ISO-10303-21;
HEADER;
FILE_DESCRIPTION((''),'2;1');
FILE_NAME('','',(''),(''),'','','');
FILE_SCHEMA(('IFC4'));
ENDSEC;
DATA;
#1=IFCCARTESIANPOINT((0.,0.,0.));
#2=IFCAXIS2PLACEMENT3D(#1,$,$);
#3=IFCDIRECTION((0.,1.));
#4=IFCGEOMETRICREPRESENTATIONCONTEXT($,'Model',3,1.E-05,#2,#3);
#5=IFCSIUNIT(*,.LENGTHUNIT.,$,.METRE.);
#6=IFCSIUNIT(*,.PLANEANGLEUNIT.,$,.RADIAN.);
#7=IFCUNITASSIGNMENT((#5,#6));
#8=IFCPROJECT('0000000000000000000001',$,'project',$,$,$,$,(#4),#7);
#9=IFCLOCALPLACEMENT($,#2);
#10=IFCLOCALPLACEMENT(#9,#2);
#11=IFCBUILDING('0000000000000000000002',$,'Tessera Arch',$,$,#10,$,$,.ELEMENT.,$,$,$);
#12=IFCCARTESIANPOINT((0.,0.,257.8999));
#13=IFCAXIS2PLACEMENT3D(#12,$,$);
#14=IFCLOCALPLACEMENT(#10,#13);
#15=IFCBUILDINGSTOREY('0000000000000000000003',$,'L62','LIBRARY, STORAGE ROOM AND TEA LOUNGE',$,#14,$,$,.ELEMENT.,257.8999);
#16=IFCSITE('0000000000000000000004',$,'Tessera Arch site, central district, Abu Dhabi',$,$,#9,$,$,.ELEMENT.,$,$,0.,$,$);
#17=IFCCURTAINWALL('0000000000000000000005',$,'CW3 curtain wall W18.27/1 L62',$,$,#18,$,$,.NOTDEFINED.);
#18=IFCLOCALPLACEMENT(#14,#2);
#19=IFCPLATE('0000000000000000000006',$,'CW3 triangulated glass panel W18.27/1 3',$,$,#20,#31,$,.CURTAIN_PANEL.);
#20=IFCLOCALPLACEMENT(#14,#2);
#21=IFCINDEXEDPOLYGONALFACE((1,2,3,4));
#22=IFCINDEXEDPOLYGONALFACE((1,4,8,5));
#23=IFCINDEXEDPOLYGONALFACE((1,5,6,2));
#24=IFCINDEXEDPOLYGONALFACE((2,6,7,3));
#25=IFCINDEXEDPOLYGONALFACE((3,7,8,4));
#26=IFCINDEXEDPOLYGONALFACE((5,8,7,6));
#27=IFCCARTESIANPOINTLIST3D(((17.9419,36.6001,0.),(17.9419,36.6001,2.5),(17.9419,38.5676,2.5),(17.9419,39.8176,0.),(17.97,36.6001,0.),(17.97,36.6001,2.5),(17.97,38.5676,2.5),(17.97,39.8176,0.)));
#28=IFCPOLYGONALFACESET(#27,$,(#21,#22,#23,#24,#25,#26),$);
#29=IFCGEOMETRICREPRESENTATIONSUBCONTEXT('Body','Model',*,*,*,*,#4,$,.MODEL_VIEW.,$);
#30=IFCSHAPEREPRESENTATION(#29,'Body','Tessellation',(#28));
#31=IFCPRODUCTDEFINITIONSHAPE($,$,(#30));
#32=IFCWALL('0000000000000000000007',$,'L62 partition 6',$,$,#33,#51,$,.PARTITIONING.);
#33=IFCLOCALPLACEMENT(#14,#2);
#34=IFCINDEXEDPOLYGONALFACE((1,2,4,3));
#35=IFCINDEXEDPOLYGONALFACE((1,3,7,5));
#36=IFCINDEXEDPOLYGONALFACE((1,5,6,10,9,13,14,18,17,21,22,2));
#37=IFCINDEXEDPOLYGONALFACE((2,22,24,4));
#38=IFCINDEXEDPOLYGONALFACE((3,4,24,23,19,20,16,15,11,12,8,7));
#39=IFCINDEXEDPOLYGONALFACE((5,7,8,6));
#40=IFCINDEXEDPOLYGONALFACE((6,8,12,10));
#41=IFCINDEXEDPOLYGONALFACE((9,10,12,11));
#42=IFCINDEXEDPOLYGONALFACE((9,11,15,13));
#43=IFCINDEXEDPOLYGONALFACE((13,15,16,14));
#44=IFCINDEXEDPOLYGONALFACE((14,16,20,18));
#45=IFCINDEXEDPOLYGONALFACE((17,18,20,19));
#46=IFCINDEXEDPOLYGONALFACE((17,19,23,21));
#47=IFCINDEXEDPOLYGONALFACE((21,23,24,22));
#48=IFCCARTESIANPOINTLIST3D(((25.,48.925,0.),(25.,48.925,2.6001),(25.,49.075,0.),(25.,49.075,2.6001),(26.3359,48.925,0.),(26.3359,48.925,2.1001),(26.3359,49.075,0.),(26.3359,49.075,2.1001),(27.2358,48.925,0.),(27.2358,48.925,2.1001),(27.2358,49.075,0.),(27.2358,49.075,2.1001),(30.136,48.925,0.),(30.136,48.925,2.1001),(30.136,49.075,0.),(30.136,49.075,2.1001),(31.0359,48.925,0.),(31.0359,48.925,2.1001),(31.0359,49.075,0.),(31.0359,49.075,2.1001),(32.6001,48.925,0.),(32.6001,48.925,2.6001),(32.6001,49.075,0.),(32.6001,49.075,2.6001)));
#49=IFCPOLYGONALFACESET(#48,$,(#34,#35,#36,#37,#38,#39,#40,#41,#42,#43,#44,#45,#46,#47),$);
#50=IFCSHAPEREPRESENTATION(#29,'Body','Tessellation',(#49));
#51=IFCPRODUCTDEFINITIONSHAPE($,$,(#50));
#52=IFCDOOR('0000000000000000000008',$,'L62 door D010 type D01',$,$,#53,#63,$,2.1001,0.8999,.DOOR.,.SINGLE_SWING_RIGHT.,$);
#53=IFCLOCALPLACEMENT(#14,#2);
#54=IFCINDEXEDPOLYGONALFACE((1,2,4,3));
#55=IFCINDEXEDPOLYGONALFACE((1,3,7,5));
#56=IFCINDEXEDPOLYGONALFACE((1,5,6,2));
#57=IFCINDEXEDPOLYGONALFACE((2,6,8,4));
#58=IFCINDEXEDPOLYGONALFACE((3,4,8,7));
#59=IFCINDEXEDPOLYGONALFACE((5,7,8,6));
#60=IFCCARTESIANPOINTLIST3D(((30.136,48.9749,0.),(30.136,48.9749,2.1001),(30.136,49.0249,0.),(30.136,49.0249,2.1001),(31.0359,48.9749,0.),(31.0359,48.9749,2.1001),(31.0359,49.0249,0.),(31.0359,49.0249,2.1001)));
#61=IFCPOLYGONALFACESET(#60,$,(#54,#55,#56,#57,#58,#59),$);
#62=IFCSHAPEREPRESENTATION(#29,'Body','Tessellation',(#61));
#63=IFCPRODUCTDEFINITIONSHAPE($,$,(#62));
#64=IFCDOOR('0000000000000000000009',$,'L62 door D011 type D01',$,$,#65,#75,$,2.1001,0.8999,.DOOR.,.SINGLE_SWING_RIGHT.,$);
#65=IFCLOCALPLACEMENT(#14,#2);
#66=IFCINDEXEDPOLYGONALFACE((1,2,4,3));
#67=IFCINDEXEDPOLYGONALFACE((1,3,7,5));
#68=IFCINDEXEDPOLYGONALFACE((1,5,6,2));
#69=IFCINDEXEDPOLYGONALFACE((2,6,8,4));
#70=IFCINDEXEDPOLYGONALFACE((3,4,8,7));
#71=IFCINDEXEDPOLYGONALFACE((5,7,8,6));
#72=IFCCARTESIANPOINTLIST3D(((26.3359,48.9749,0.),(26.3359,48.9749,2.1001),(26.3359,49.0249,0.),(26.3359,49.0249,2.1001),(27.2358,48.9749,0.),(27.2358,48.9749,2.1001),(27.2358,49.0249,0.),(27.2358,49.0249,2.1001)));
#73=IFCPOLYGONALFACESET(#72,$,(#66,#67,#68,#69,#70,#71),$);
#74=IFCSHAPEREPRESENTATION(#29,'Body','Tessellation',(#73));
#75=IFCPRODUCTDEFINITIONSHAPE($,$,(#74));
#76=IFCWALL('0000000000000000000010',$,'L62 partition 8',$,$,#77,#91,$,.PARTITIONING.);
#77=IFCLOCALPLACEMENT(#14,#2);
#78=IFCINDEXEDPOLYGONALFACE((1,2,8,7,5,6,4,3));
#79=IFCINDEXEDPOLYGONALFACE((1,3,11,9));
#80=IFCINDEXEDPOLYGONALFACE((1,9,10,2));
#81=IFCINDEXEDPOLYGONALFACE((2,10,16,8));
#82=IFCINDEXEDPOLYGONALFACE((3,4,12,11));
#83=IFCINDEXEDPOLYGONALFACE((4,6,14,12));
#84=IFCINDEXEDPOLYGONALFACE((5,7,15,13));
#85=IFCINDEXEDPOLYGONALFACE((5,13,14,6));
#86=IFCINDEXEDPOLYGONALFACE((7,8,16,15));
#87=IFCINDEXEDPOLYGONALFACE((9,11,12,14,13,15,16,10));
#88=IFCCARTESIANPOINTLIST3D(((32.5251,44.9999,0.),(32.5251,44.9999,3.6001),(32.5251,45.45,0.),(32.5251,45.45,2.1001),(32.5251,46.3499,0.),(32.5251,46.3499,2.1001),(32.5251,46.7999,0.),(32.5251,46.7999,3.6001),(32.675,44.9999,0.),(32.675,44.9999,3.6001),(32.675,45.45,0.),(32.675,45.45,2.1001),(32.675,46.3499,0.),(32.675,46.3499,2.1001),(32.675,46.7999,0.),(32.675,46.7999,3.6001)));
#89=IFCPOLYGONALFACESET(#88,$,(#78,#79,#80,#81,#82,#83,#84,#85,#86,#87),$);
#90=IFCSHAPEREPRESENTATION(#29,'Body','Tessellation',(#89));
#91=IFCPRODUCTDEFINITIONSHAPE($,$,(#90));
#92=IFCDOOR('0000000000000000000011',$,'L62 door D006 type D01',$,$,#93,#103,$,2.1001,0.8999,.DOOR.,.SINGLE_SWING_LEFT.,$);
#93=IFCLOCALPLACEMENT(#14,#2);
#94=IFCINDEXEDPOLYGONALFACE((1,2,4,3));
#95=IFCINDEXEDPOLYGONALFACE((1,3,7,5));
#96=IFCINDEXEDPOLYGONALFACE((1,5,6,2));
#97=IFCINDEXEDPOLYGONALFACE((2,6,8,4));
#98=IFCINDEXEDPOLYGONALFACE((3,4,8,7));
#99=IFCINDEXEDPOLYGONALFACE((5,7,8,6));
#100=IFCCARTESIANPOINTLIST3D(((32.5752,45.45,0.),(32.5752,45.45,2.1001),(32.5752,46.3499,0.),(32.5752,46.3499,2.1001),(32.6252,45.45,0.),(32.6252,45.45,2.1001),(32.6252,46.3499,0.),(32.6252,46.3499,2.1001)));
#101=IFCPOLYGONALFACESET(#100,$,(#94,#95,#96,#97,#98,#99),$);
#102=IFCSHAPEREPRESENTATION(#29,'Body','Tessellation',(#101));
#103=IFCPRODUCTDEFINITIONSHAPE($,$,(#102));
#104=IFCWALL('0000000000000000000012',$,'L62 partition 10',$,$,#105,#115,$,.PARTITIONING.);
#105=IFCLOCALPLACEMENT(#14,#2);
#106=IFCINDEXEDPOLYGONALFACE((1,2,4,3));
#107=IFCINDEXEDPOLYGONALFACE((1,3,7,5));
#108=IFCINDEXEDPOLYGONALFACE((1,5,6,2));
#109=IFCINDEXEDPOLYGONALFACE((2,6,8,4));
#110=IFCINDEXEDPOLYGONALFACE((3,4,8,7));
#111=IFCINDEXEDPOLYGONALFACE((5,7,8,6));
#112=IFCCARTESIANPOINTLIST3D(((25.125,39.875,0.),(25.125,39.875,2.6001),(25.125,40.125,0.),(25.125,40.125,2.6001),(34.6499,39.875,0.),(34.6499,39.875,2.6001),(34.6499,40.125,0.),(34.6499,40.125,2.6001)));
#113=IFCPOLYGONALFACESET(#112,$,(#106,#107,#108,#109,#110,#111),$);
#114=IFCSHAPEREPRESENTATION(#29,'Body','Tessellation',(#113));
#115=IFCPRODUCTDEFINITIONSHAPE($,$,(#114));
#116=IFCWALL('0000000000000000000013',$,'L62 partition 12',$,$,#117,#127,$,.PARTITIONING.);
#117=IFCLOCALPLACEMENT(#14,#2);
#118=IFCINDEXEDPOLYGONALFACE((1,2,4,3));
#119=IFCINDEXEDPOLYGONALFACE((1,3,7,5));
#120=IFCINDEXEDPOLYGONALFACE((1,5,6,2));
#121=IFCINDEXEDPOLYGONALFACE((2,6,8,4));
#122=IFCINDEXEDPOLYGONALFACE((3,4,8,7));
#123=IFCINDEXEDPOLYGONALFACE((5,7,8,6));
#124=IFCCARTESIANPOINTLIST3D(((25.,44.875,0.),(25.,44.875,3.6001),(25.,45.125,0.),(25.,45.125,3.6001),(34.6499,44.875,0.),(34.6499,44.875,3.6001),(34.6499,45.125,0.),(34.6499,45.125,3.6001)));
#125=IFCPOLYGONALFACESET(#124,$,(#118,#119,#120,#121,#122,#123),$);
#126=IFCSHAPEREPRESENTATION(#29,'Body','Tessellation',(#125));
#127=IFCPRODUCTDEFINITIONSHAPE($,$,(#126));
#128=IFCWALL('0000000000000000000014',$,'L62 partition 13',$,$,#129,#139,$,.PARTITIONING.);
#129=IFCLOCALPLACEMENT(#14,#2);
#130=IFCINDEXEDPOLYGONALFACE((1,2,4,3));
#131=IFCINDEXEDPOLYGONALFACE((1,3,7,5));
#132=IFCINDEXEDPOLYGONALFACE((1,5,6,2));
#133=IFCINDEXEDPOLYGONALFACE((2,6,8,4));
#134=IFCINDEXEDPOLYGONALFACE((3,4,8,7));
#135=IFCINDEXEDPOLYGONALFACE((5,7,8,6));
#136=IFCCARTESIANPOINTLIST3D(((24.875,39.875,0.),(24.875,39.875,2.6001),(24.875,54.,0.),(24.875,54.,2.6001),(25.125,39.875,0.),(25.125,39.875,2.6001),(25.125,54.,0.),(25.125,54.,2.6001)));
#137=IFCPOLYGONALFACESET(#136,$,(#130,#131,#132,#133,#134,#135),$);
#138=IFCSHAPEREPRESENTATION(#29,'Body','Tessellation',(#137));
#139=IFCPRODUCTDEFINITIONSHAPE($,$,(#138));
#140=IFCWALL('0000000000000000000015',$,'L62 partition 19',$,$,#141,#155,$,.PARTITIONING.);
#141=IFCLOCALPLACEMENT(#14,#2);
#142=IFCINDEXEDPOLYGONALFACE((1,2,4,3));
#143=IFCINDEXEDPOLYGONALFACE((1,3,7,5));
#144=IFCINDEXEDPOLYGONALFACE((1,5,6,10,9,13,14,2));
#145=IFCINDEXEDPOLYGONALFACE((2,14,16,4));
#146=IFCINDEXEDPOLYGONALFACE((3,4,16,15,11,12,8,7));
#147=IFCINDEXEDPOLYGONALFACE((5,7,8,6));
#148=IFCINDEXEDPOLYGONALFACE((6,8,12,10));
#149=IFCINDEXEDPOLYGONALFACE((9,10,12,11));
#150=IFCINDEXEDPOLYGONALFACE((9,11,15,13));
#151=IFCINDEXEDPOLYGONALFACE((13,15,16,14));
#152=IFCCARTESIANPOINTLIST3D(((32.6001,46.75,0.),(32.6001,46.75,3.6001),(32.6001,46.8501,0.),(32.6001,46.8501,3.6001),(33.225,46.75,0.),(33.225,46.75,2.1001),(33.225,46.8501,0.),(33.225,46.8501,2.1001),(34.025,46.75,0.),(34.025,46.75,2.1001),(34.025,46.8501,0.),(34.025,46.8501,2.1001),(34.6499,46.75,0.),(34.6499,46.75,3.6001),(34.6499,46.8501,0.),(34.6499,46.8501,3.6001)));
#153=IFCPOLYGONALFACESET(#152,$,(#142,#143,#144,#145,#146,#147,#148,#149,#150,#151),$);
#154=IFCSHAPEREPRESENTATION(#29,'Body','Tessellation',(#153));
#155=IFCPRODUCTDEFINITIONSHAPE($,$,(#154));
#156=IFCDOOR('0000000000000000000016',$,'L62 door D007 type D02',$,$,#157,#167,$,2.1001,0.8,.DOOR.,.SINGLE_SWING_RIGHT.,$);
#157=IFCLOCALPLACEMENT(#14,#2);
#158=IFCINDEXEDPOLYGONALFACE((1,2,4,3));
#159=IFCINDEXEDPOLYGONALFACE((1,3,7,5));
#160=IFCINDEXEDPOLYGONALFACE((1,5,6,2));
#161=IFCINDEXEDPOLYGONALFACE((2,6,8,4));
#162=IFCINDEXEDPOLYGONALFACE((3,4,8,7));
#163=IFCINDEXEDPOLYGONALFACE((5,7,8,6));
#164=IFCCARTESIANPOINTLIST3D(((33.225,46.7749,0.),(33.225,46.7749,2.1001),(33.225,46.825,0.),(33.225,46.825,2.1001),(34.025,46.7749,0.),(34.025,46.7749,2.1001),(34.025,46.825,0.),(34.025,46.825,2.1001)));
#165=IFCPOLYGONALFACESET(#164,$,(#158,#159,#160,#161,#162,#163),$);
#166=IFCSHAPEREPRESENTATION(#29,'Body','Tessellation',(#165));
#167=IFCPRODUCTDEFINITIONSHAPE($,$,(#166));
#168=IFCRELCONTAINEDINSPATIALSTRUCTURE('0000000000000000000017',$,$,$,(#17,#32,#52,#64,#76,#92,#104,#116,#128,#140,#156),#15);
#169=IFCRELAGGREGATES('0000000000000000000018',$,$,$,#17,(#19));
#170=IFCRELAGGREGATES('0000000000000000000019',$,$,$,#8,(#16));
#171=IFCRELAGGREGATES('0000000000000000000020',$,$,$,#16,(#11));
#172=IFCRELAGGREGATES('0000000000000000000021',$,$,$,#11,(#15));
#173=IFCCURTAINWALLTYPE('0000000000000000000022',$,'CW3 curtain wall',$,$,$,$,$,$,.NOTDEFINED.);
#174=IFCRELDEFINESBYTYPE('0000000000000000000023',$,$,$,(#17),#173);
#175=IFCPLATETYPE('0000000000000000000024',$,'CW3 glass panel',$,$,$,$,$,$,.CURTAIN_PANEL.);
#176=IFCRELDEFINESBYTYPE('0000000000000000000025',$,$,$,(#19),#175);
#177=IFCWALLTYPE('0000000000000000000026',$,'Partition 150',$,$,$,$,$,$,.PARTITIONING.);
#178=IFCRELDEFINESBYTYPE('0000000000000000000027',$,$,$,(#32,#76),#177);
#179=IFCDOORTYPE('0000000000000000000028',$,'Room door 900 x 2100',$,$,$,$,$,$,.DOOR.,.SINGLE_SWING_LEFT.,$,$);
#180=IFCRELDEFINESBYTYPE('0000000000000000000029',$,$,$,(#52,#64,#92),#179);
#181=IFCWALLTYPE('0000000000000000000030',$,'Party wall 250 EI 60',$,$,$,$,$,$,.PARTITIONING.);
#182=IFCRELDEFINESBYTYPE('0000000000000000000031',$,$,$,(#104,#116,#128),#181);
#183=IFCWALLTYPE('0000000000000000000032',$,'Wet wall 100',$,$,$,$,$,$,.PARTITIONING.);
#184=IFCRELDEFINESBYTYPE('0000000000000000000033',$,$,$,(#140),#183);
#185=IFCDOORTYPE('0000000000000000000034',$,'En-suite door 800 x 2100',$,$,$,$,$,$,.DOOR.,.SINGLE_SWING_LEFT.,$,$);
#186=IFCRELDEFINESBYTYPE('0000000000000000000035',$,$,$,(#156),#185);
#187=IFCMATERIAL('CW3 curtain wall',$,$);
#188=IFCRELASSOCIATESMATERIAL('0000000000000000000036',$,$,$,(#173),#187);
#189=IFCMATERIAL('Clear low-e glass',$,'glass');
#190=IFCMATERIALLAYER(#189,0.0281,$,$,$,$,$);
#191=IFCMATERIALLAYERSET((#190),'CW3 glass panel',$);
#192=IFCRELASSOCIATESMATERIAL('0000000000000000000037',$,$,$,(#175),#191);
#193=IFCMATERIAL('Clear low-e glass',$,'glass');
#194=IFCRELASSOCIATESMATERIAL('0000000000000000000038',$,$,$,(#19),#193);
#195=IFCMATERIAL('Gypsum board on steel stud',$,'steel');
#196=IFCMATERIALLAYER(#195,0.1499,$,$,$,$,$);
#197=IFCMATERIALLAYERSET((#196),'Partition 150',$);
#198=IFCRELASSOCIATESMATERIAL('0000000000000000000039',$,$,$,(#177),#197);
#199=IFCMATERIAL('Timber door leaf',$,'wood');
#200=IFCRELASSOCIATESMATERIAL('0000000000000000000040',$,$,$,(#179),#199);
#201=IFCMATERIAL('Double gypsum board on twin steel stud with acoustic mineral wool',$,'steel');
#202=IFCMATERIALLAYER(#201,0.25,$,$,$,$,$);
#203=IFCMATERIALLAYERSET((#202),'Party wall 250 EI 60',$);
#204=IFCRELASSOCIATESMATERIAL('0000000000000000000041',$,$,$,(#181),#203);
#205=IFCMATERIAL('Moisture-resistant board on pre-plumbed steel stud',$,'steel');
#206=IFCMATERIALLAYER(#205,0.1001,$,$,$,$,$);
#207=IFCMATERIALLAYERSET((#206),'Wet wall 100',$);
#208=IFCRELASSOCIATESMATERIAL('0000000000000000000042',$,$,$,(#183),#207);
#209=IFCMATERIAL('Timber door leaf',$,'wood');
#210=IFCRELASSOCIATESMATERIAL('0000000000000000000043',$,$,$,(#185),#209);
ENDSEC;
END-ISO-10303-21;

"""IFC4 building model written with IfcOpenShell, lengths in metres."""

from ifc_helpers import new_model, si_unit, direction, frame, frame_2d, origin, place, context, subcontext, project, spatial, polyline, rectangle, outline, extrude, material, layer, layer_set, type_object, element, fill, aggregate, save


model = new_model("IFC4")

# Units and contexts
model_context = context("Model", 3, precision=1e-05, world=origin(), true_north=direction((0.0, 1.0)))
body_context = subcontext(model_context, "Body", "Model", "MODEL_VIEW")
ifc_project = project(units=[si_unit("LENGTHUNIT", "METRE"), si_unit("PLANEANGLEUNIT", "RADIAN")], contexts=[model_context])

# Site, building, storey
site_placement = place(None, origin())
site = spatial("IfcSite", under=ifc_project, at=site_placement, Name="Tessera Arch site, central district, Abu Dhabi", CompositionType="ELEMENT", RefElevation=0.0)
building_placement = place(site_placement, origin())
building = spatial("IfcBuilding", under=site, at=building_placement, Name="Tessera Arch", CompositionType="ELEMENT")
storey_placement = place(building_placement, frame((0.0, 0.0, 257.8999)))
storey = spatial("IfcBuildingStorey", under=building, at=storey_placement, Name="L62", Description="LIBRARY, STORAGE ROOM AND TEA LOUNGE", CompositionType="ELEMENT", Elevation=257.8999)

# Curtain wall
ifc_material_1 = material(Name="CW3 curtain wall")
curtain_wall_type_1 = type_object("IfcCurtainWallType", Name="CW3 curtain wall", PredefinedType="NOTDEFINED", material=ifc_material_1)
curtain_wall_1_placement = place(storey_placement, origin())
curtain_wall_1 = element("IfcCurtainWall", 1, at=curtain_wall_1_placement, inside=storey, type_object=curtain_wall_type_1, Name="CW3 curtain wall W18.27/1 L62", PredefinedType="NOTDEFINED")

# Shared definitions
ifc_material_2 = material(Name="Clear low-e glass", Category="glass")

# Plate
ifc_material_3 = material(Name="Clear low-e glass", Category="glass")
ifc_layer_1 = layer(ifc_material_3, 0.0281)
ifc_layer_set_1 = layer_set([ifc_layer_1], Name="CW3 glass panel")
plate_type_1 = type_object("IfcPlateType", Name="CW3 glass panel", PredefinedType="CURTAIN_PANEL", material=ifc_layer_set_1)
plate_1_placement = place(storey_placement, frame((17.9419, 36.6001, 2.5), z_axis=(-1.0, 0.0, 0.0), x_axis=(0.0, 1.0, 0.0)))
plate_1 = element("IfcPlate", 2, at=plate_1_placement, type_object=plate_type_1, material=ifc_material_2, Name="CW3 triangulated glass panel W18.27/1 3", PredefinedType="CURTAIN_PANEL", context=body_context, shape_type="SweptSolid", body=[
    extrude(outline(polyline([(0.0, 0.0), (1.9675, 0.0), (3.2175, 2.5), (0.0, 2.5), (0.0, 0.0)])), origin(), (0.0, 0.0, -1.0), 0.0281),
])
aggregate(curtain_wall_1, [plate_1])

# Wall, openings, doors
ifc_material_4 = material(Name="Gypsum board on steel stud", Category="steel")
ifc_layer_2 = layer(ifc_material_4, 0.1499)
ifc_layer_set_2 = layer_set([ifc_layer_2], Name="Partition 150")
wall_type_1 = type_object("IfcWallType", Name="Partition 150", PredefinedType="PARTITIONING", material=ifc_layer_set_2)
wall_1_placement = place(storey_placement, frame((25.0, 49.0, 0.0), z_axis=(0.0, 0.0, 1.0), x_axis=(1.0, 0.0, 0.0)))
wall_1 = element("IfcWall", 3, at=wall_1_placement, inside=storey, type_object=wall_type_1, Name="L62 partition 6", PredefinedType="PARTITIONING", context=body_context, shape_type="SweptSolid", body=[
    extrude(rectangle(XDim=7.6001, YDim=0.1499, at=frame_2d((3.8, 0.0))), origin(), (0.0, 0.0, 1.0), 2.6001),
])
opening_1_placement = place(wall_1_placement, frame((5.136, 0.0, 0.0)))
opening_1 = element("IfcOpeningElement", 4, at=opening_1_placement, cuts=wall_1, PredefinedType="OPENING", context=body_context, shape_type="SweptSolid", body=[
    extrude(rectangle(XDim=0.8999, YDim=2.1001, at=frame_2d((0.45, 1.05))), frame((0.0, 0.085, 0.0), z_axis=(0.0, -1.0, 0.0), x_axis=(1.0, 0.0, 0.0)), (0.0, 0.0, 1.0), 0.1699),
])
opening_2_placement = place(wall_1_placement, frame((1.3359, 0.0, 0.0)))
opening_2 = element("IfcOpeningElement", 5, at=opening_2_placement, cuts=wall_1, PredefinedType="OPENING", context=body_context, shape_type="SweptSolid", body=[
    extrude(rectangle(XDim=0.8999, YDim=2.1001, at=frame_2d((0.45, 1.05))), frame((0.0, 0.085, 0.0), z_axis=(0.0, -1.0, 0.0), x_axis=(1.0, 0.0, 0.0)), (0.0, 0.0, 1.0), 0.1699),
])
ifc_material_5 = material(Name="Timber door leaf", Category="wood")
door_type_1 = type_object("IfcDoorType", Name="Room door 900 x 2100", OperationType="SINGLE_SWING_LEFT", PredefinedType="DOOR", material=ifc_material_5)
door_1_placement = place(opening_1_placement, origin())
door_1 = element("IfcDoor", 6, at=door_1_placement, inside=storey, type_object=door_type_1, Name="L62 door D010 type D01", OperationType="SINGLE_SWING_RIGHT", OverallHeight=2.1001, OverallWidth=0.8999, PredefinedType="DOOR", context=body_context, shape_type="SweptSolid", body=[
    extrude(rectangle(XDim=0.8999, YDim=2.1001, at=frame_2d((0.45, 1.05))), frame((0.0, 0.0249, 0.0), z_axis=(0.0, -1.0, 0.0), x_axis=(1.0, 0.0, 0.0)), (0.0, 0.0, 1.0), 0.05),
])
fill(opening_1, door_1)
door_2_placement = place(opening_2_placement, origin())
door_2 = element("IfcDoor", 7, at=door_2_placement, inside=storey, type_object=door_type_1, Name="L62 door D011 type D01", OperationType="SINGLE_SWING_RIGHT", OverallHeight=2.1001, OverallWidth=0.8999, PredefinedType="DOOR", context=body_context, shape_type="SweptSolid", body=[
    extrude(rectangle(XDim=0.8999, YDim=2.1001, at=frame_2d((0.45, 1.05))), frame((0.0, 0.0249, 0.0), z_axis=(0.0, -1.0, 0.0), x_axis=(1.0, 0.0, 0.0)), (0.0, 0.0, 1.0), 0.05),
])
fill(opening_2, door_2)

# Wall, opening, door
wall_2_placement = place(storey_placement, frame((32.6001, 45.0, 0.0), z_axis=(0.0, 0.0, 1.0), x_axis=(0.0, 1.0, 0.0)))
wall_2 = element("IfcWall", 8, at=wall_2_placement, inside=storey, type_object=wall_type_1, Name="L62 partition 8", PredefinedType="PARTITIONING", context=body_context, shape_type="SweptSolid", body=[
    extrude(rectangle(XDim=1.8, YDim=0.1499, at=frame_2d((0.8999, 0.0))), origin(), (0.0, 0.0, 1.0), 3.6001),
])
opening_3_placement = place(wall_2_placement, frame((0.45, 0.0, 0.0)))
opening_3 = element("IfcOpeningElement", 9, at=opening_3_placement, cuts=wall_2, PredefinedType="OPENING", context=body_context, shape_type="SweptSolid", body=[
    extrude(rectangle(XDim=0.8999, YDim=2.1001, at=frame_2d((0.45, 1.05))), frame((0.0, 0.085, 0.0), z_axis=(0.0, -1.0, 0.0), x_axis=(1.0, 0.0, 0.0)), (0.0, 0.0, 1.0), 0.1699),
])
door_3_placement = place(opening_3_placement, origin())
door_3 = element("IfcDoor", 10, at=door_3_placement, inside=storey, type_object=door_type_1, Name="L62 door D006 type D01", OperationType="SINGLE_SWING_LEFT", OverallHeight=2.1001, OverallWidth=0.8999, PredefinedType="DOOR", context=body_context, shape_type="SweptSolid", body=[
    extrude(rectangle(XDim=0.8999, YDim=2.1001, at=frame_2d((0.45, 1.05))), frame((0.0, 0.0249, 0.0), z_axis=(0.0, -1.0, 0.0), x_axis=(1.0, 0.0, 0.0)), (0.0, 0.0, 1.0), 0.05),
])
fill(opening_3, door_3)

# Walls
ifc_material_6 = material(Name="Double gypsum board on twin steel stud with acoustic mineral wool", Category="steel")
ifc_layer_3 = layer(ifc_material_6, 0.25)
ifc_layer_set_3 = layer_set([ifc_layer_3], Name="Party wall 250 EI 60")
wall_type_2 = type_object("IfcWallType", Name="Party wall 250 EI 60", PredefinedType="PARTITIONING", material=ifc_layer_set_3)
wall_3_placement = place(storey_placement, frame((25.125, 40.0, 0.0), z_axis=(0.0, 0.0, 1.0), x_axis=(1.0, 0.0, 0.0)))
element("IfcWall", 11, at=wall_3_placement, inside=storey, type_object=wall_type_2, Name="L62 partition 10", PredefinedType="PARTITIONING", context=body_context, shape_type="SweptSolid", body=[
    extrude(rectangle(XDim=9.5249, YDim=0.25, at=frame_2d((4.7625, 0.0))), origin(), (0.0, 0.0, 1.0), 2.6001),
])
wall_4_placement = place(storey_placement, frame((25.0, 45.0, 0.0), z_axis=(0.0, 0.0, 1.0), x_axis=(1.0, 0.0, 0.0)))
element("IfcWall", 12, at=wall_4_placement, inside=storey, type_object=wall_type_2, Name="L62 partition 12", PredefinedType="PARTITIONING", context=body_context, shape_type="SweptSolid", body=[
    extrude(rectangle(XDim=9.6499, YDim=0.25, at=frame_2d((4.825, 0.0))), origin(), (0.0, 0.0, 1.0), 3.6001),
])
wall_5_placement = place(storey_placement, frame((25.0, 39.875, 0.0), z_axis=(0.0, 0.0, 1.0), x_axis=(0.0, 1.0, 0.0)))
element("IfcWall", 13, at=wall_5_placement, inside=storey, type_object=wall_type_2, Name="L62 partition 13", PredefinedType="PARTITIONING", context=body_context, shape_type="SweptSolid", body=[
    extrude(rectangle(XDim=14.125, YDim=0.25, at=frame_2d((7.0625, 0.0))), origin(), (0.0, 0.0, 1.0), 2.6001),
])

# Wall, opening, door
ifc_material_7 = material(Name="Moisture-resistant board on pre-plumbed steel stud", Category="steel")
ifc_layer_4 = layer(ifc_material_7, 0.1001)
ifc_layer_set_4 = layer_set([ifc_layer_4], Name="Wet wall 100")
wall_type_3 = type_object("IfcWallType", Name="Wet wall 100", PredefinedType="PARTITIONING", material=ifc_layer_set_4)
wall_6_placement = place(storey_placement, frame((32.6001, 46.8, 0.0), z_axis=(0.0, 0.0, 1.0), x_axis=(1.0, 0.0, 0.0)))
wall_6 = element("IfcWall", 14, at=wall_6_placement, inside=storey, type_object=wall_type_3, Name="L62 partition 19", PredefinedType="PARTITIONING", context=body_context, shape_type="SweptSolid", body=[
    extrude(rectangle(XDim=2.0498, YDim=0.1001, at=frame_2d((1.0249, 0.0))), origin(), (0.0, 0.0, 1.0), 3.6001),
])
opening_4_placement = place(wall_6_placement, frame((0.625, 0.0, 0.0)))
opening_4 = element("IfcOpeningElement", 15, at=opening_4_placement, cuts=wall_6, PredefinedType="OPENING", context=body_context, shape_type="SweptSolid", body=[
    extrude(rectangle(XDim=0.8, YDim=2.1001, at=frame_2d((0.3999, 1.05))), frame((0.0, 0.0601, 0.0), z_axis=(0.0, -1.0, 0.0), x_axis=(1.0, 0.0, 0.0)), (0.0, 0.0, 1.0), 0.1201),
])
ifc_material_8 = material(Name="Timber door leaf", Category="wood")
door_type_2 = type_object("IfcDoorType", Name="En-suite door 800 x 2100", OperationType="SINGLE_SWING_LEFT", PredefinedType="DOOR", material=ifc_material_8)
door_4_placement = place(opening_4_placement, origin())
door_4 = element("IfcDoor", 16, at=door_4_placement, inside=storey, type_object=door_type_2, Name="L62 door D007 type D02", OperationType="SINGLE_SWING_RIGHT", OverallHeight=2.1001, OverallWidth=0.8, PredefinedType="DOOR", context=body_context, shape_type="SweptSolid", body=[
    extrude(rectangle(XDim=0.8, YDim=2.1001, at=frame_2d((0.3999, 1.05))), frame((0.0, 0.0249, 0.0), z_axis=(0.0, -1.0, 0.0), x_axis=(1.0, 0.0, 0.0)), (0.0, 0.0, 1.0), 0.05),
])
fill(opening_4, door_4)

save(model, "model.ifc")
